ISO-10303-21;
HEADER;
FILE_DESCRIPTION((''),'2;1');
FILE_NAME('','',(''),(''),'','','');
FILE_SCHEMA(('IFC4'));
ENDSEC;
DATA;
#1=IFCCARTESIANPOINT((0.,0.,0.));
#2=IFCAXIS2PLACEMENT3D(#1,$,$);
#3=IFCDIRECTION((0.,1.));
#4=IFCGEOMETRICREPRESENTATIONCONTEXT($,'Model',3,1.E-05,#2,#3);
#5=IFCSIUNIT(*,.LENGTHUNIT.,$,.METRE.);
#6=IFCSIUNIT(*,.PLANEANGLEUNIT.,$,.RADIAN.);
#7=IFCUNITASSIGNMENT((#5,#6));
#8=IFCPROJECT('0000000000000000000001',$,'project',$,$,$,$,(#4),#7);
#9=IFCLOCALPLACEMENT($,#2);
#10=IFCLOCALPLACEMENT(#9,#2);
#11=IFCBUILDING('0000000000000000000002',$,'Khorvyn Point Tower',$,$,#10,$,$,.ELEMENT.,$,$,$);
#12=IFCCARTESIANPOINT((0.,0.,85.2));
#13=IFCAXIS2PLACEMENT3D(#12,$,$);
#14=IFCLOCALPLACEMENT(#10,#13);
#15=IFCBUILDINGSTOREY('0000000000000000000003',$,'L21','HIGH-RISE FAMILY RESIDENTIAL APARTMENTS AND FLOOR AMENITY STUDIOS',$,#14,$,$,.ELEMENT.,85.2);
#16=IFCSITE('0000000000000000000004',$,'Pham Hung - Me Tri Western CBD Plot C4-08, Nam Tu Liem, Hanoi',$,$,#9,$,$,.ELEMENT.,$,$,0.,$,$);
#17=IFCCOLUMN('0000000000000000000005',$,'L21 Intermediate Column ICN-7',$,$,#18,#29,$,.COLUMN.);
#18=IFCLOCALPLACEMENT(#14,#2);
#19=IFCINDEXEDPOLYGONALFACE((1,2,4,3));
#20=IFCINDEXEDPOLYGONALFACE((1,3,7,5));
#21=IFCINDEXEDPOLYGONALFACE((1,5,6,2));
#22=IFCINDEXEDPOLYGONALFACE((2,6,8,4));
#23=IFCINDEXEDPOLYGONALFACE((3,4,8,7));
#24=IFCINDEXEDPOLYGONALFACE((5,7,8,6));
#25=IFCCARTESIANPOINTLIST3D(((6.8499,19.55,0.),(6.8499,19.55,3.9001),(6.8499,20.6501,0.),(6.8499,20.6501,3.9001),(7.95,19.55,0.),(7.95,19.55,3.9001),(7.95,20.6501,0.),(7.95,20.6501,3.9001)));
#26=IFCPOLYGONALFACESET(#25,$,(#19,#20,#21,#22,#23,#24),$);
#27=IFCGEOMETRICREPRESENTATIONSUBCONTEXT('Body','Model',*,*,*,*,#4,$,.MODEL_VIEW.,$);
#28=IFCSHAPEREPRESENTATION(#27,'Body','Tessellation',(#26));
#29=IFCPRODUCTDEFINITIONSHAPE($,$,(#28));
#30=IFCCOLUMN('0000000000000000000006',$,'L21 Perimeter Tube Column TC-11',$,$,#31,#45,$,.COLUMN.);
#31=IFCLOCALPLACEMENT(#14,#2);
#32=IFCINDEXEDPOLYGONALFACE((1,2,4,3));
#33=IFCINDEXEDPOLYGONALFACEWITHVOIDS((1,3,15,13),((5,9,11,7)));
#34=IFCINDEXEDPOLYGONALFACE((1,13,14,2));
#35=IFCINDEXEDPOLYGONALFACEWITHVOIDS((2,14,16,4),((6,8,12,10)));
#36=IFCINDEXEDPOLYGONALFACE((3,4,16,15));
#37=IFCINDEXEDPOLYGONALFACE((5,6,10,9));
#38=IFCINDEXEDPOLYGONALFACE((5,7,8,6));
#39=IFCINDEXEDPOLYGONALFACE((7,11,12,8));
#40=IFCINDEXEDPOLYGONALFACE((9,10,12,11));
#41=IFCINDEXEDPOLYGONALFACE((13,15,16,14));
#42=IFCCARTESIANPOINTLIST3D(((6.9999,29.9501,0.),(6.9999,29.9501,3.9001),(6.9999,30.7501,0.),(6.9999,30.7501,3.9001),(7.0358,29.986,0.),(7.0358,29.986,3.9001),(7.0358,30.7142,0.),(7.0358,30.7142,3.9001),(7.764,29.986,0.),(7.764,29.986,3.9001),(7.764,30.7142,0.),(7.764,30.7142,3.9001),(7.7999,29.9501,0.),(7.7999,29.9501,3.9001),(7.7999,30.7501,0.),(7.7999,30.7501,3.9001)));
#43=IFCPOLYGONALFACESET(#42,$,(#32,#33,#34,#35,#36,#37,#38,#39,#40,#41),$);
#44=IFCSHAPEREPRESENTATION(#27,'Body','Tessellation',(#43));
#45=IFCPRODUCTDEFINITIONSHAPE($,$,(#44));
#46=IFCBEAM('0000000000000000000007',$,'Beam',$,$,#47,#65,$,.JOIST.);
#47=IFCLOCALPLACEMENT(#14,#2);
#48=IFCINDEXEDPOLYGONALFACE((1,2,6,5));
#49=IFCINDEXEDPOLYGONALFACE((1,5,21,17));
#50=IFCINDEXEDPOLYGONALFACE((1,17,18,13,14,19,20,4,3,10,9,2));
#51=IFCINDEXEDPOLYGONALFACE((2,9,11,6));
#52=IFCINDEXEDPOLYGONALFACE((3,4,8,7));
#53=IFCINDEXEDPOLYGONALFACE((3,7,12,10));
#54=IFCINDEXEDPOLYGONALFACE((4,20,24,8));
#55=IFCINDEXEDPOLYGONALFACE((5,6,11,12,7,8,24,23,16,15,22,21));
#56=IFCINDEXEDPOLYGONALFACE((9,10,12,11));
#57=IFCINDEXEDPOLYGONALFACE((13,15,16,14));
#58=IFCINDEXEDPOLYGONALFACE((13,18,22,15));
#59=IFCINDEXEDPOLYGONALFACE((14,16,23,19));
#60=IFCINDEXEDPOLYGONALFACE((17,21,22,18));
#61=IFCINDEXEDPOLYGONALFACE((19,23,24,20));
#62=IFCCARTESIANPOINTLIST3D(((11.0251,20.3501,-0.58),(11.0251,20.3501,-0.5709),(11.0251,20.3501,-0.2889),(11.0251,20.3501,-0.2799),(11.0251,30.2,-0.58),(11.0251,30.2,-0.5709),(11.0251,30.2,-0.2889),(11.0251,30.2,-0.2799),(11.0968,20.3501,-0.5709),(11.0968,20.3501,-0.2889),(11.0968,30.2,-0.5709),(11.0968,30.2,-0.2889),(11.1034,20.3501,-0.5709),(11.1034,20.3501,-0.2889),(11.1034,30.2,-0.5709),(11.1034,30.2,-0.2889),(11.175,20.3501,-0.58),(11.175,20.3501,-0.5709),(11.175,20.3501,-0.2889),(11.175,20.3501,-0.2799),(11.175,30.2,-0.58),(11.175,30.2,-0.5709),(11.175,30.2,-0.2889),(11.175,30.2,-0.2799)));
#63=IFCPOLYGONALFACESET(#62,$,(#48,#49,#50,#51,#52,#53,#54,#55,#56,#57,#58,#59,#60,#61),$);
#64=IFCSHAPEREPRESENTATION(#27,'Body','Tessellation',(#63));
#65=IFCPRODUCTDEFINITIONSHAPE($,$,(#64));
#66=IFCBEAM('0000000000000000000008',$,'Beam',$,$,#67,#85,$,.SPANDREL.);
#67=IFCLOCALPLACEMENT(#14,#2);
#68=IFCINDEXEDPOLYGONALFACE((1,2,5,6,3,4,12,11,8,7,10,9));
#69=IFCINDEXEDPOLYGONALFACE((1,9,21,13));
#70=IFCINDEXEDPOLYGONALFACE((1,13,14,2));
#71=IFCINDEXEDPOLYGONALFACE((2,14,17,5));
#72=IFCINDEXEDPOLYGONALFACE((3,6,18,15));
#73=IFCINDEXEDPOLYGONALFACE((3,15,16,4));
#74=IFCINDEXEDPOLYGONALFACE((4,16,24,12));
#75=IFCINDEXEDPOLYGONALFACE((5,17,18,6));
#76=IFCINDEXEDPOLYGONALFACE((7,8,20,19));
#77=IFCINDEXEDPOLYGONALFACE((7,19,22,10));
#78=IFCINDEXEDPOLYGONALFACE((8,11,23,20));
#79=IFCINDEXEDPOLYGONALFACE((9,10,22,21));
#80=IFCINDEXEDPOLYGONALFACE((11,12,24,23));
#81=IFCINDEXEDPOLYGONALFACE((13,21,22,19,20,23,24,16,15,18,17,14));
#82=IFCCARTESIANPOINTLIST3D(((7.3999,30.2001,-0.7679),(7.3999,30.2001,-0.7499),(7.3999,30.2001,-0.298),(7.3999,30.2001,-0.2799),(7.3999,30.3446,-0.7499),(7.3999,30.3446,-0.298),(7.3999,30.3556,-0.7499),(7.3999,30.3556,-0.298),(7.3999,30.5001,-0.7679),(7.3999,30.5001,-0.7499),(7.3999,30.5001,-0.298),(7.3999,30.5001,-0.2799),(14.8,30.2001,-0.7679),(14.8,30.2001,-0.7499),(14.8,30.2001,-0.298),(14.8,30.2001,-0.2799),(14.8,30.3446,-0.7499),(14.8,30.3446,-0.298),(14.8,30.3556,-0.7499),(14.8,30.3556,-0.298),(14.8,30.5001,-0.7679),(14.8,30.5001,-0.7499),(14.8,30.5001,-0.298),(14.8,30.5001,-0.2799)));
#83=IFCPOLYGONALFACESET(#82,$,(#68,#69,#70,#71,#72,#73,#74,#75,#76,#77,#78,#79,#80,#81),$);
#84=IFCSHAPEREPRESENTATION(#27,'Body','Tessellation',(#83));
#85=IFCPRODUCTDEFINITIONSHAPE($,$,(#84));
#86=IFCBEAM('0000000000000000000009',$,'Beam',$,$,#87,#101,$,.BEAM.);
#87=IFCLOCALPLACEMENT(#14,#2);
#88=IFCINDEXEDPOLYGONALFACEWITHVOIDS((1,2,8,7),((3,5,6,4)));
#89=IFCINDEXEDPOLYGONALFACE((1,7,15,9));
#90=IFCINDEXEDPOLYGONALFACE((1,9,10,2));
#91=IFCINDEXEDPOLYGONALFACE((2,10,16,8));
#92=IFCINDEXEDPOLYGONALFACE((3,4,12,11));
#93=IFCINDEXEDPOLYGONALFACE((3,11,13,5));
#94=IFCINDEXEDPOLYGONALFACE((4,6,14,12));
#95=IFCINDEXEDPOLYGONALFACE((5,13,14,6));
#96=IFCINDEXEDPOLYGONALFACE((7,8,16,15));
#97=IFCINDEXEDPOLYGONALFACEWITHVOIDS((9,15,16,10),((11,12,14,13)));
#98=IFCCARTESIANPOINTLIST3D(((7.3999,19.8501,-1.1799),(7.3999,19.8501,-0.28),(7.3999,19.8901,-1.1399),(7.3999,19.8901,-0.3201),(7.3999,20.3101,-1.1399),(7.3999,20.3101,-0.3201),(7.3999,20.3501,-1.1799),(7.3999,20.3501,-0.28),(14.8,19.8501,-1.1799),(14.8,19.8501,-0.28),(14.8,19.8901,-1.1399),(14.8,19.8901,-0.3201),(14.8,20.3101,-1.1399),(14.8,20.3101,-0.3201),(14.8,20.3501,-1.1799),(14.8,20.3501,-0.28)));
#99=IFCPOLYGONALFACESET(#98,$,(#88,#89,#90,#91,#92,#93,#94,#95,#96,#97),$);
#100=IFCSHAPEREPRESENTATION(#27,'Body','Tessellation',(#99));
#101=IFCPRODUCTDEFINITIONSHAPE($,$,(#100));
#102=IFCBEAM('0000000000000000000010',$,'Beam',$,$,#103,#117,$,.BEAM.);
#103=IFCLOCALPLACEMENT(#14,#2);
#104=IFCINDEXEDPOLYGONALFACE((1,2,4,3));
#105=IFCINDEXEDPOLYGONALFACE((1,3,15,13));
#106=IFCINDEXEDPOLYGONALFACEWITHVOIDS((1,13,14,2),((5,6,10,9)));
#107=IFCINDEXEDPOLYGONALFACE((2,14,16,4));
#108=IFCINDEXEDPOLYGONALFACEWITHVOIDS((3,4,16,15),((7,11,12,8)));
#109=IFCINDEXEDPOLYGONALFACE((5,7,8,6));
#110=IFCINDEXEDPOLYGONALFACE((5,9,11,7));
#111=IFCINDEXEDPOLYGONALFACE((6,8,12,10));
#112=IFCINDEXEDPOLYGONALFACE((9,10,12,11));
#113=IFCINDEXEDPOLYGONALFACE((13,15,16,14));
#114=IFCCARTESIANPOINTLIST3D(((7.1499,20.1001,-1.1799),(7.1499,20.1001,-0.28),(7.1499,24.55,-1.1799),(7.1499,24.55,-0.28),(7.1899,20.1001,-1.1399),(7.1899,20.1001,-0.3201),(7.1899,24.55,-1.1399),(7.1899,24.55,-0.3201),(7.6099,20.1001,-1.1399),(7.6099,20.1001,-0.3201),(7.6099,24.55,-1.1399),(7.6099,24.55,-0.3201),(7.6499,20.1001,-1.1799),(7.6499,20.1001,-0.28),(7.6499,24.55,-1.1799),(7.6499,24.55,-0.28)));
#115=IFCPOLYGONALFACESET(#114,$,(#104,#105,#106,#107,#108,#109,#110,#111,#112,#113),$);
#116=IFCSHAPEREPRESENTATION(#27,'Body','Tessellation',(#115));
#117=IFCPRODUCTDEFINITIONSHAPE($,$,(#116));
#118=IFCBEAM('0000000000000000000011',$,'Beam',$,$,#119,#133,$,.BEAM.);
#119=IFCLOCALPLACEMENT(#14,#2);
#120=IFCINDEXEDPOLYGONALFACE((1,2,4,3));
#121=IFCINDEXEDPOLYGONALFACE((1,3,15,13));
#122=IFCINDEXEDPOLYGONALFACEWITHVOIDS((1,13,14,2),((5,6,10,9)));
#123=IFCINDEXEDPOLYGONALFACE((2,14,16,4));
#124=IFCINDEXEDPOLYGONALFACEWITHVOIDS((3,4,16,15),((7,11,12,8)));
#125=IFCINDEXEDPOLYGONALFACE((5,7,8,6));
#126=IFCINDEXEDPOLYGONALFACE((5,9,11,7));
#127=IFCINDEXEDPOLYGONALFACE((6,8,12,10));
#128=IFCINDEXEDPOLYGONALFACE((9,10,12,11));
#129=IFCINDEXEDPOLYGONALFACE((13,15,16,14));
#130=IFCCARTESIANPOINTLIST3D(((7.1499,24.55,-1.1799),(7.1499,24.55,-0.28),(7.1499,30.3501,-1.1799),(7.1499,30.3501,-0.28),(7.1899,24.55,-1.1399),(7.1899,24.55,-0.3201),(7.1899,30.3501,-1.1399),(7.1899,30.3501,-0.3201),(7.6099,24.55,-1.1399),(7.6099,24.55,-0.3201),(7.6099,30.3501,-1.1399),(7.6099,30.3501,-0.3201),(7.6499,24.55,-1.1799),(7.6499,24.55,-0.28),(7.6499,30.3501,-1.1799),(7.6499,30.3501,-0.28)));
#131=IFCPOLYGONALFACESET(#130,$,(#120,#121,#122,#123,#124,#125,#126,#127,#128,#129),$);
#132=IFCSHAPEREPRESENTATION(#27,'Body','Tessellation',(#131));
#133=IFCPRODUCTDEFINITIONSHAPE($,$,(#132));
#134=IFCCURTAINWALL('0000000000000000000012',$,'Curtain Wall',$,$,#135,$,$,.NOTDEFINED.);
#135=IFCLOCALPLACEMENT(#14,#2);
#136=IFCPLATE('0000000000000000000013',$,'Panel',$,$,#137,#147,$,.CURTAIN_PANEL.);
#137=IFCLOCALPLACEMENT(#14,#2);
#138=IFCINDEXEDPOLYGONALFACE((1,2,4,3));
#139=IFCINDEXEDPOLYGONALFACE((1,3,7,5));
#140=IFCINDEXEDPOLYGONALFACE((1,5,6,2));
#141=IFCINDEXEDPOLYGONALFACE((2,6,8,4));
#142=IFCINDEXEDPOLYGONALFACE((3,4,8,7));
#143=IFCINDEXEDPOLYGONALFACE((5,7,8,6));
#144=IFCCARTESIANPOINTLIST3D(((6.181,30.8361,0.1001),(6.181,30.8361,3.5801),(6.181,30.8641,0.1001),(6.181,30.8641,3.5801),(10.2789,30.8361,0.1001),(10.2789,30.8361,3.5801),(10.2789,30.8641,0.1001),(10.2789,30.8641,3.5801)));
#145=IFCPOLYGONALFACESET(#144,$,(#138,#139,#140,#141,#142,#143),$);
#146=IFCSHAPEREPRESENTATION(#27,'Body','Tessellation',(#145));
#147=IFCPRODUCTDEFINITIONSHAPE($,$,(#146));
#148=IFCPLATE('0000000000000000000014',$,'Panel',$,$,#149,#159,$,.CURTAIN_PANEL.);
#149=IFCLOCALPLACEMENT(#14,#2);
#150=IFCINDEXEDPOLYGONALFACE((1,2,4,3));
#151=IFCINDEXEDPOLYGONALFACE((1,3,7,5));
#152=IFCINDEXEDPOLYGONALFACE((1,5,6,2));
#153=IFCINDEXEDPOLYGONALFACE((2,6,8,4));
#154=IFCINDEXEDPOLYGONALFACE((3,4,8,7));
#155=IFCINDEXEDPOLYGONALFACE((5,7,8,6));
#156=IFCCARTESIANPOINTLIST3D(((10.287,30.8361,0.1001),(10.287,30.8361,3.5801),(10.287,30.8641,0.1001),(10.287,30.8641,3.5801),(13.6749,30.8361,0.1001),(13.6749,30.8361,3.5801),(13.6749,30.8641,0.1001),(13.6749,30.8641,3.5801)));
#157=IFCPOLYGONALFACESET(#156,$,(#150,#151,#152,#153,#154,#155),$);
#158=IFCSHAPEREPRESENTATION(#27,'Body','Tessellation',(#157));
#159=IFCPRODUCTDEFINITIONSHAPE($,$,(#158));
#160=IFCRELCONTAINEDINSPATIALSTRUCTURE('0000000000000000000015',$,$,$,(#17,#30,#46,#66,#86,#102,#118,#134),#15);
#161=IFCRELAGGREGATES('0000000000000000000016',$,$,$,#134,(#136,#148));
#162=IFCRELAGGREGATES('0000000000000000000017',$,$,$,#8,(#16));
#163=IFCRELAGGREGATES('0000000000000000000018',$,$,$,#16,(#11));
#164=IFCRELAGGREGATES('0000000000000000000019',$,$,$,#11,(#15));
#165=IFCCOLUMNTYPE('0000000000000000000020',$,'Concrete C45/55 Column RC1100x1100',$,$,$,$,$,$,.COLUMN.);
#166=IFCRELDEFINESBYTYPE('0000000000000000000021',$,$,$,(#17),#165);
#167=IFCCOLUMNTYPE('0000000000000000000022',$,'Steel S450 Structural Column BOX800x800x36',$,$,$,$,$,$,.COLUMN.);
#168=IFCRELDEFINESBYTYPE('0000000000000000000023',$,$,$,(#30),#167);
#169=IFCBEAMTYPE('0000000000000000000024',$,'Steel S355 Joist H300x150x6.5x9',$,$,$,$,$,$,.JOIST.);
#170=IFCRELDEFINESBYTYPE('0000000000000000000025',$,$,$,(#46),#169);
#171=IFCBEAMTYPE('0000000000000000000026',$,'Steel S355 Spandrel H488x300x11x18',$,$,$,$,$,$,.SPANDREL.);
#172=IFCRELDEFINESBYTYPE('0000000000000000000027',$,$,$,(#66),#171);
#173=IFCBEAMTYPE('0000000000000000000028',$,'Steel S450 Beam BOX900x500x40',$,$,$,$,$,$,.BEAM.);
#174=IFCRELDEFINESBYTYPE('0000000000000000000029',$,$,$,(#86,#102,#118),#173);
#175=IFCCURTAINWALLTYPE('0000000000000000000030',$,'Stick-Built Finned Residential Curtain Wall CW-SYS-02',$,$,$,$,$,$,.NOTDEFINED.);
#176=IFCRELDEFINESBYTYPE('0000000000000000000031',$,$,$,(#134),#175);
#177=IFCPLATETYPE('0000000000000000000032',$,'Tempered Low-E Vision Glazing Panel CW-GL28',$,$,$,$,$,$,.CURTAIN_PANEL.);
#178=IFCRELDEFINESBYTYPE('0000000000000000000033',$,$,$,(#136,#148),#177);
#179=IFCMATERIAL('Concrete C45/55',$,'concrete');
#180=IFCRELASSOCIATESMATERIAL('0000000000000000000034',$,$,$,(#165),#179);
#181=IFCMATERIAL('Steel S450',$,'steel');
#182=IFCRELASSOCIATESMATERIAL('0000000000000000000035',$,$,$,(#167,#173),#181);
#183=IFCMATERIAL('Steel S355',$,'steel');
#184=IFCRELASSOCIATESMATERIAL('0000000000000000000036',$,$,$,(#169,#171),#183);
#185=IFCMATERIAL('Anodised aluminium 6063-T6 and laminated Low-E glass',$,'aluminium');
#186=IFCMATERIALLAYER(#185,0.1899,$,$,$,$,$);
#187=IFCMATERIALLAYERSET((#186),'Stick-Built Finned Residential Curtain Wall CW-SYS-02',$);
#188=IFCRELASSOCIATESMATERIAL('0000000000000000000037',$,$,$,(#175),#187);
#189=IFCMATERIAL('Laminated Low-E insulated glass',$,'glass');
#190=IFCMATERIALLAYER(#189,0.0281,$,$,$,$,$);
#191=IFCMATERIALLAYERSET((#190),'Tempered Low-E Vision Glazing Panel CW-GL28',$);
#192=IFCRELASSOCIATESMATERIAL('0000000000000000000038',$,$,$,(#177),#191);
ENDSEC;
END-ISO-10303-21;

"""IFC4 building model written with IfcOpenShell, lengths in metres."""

from ifc_helpers import new_model, si_unit, direction, frame, origin, origin_2d, place, context, subcontext, project, spatial, rectangle, hollow_rectangle, i_section, extrude, material, layer, layer_set, material_profile, profile_set, type_object, element, aggregate, save


model = new_model("IFC4")

# Units and contexts
model_context = context("Model", 3, precision=1e-05, world=origin(), true_north=direction((0.0, 1.0)))
body_context = subcontext(model_context, "Body", "Model", "MODEL_VIEW")
ifc_project = project(units=[si_unit("LENGTHUNIT", "METRE"), si_unit("PLANEANGLEUNIT", "RADIAN")], contexts=[model_context])

# Site, building, storey
site_placement = place(None, origin())
site = spatial("IfcSite", under=ifc_project, at=site_placement, Name="Pham Hung - Me Tri Western CBD Plot C4-08, Nam Tu Liem, Hanoi", CompositionType="ELEMENT", RefElevation=0.0)
building_placement = place(site_placement, origin())
building = spatial("IfcBuilding", under=site, at=building_placement, Name="Khorvyn Point Tower", CompositionType="ELEMENT")
storey_placement = place(building_placement, frame((0.0, 0.0, 85.2)))
storey = spatial("IfcBuildingStorey", under=building, at=storey_placement, Name="L21", Description="HIGH-RISE FAMILY RESIDENTIAL APARTMENTS AND FLOOR AMENITY STUDIOS", CompositionType="ELEMENT", Elevation=85.2)

# Columns
ifc_material_1 = material(Name="Concrete C45/55", Category="concrete")
ifc_material_profile_1 = material_profile(ifc_material_1, rectangle(XDim=1.1001, YDim=1.1001, at=origin_2d()))
ifc_profile_set_1 = profile_set([ifc_material_profile_1], Name="Concrete C45/55 RC1100x1100")
column_type_1 = type_object("IfcColumnType", Name="Concrete C45/55 Column RC1100x1100", PredefinedType="COLUMN", material=ifc_profile_set_1)
column_1_placement = place(storey_placement, frame((7.3999, 20.1001, 0.0), z_axis=(0.0, 0.0, 1.0), x_axis=(1.0, 0.0, 0.0)))
element("IfcColumn", 1, at=column_1_placement, inside=storey, type_object=column_type_1, Name="L21 Intermediate Column ICN-7", PredefinedType="COLUMN", context=body_context, shape_type="SweptSolid", body=[
    extrude(rectangle(XDim=1.1001, YDim=1.1001, at=origin_2d()), origin(), (0.0, 0.0, 1.0), 3.9001),
])
ifc_material_2 = material(Name="Steel S450", Category="steel")
ifc_material_profile_2 = material_profile(ifc_material_2, hollow_rectangle(XDim=0.8, YDim=0.8, WallThickness=0.0359, at=origin_2d()))
ifc_profile_set_2 = profile_set([ifc_material_profile_2], Name="Steel S450 BOX800x800x36")
column_type_2 = type_object("IfcColumnType", Name="Steel S450 Structural Column BOX800x800x36", PredefinedType="COLUMN", material=ifc_profile_set_2)
column_2_placement = place(storey_placement, frame((7.3999, 30.3501, 0.0), z_axis=(0.0, 0.0, 1.0), x_axis=(1.0, 0.0, 0.0)))
element("IfcColumn", 2, at=column_2_placement, inside=storey, type_object=column_type_2, Name="L21 Perimeter Tube Column TC-11", PredefinedType="COLUMN", context=body_context, shape_type="SweptSolid", body=[
    extrude(hollow_rectangle(XDim=0.8, YDim=0.8, WallThickness=0.0359, at=origin_2d()), origin(), (0.0, 0.0, 1.0), 3.9001),
])

# Beams
ifc_material_3 = material(Name="Steel S355", Category="steel")
ifc_material_profile_3 = material_profile(ifc_material_3, i_section(OverallWidth=0.1499, OverallDepth=0.3, WebThickness=0.0066, FlangeThickness=0.009, at=origin_2d()))
ifc_profile_set_3 = profile_set([ifc_material_profile_3], Name="Steel S355 H300x150x6.5x9")
beam_type_1 = type_object("IfcBeamType", Name="Steel S355 Joist H300x150x6.5x9", PredefinedType="JOIST", material=ifc_profile_set_3)
beam_1_placement = place(storey_placement, frame((11.1001, 20.3501, -0.4299), z_axis=(0.0, 1.0, 0.0), x_axis=(-1.0, 0.0, 0.0)))
element("IfcBeam", 3, at=beam_1_placement, inside=storey, type_object=beam_type_1, Name="Beam", PredefinedType="JOIST", context=body_context, shape_type="SweptSolid", body=[
    extrude(i_section(OverallWidth=0.1499, OverallDepth=0.3, WebThickness=0.0066, FlangeThickness=0.009, at=origin_2d()), origin(), (0.0, 0.0, 1.0), 9.8499),
])
ifc_material_profile_4 = material_profile(ifc_material_3, i_section(OverallWidth=0.3, OverallDepth=0.488, WebThickness=0.011, FlangeThickness=0.0181, at=origin_2d()))
ifc_profile_set_4 = profile_set([ifc_material_profile_4], Name="Steel S355 H488x300x11x18")
beam_type_2 = type_object("IfcBeamType", Name="Steel S355 Spandrel H488x300x11x18", PredefinedType="SPANDREL", material=ifc_profile_set_4)
beam_2_placement = place(storey_placement, frame((7.3999, 30.3501, -0.5239), z_axis=(1.0, 0.0, 0.0), x_axis=(0.0, 1.0, 0.0)))
element("IfcBeam", 4, at=beam_2_placement, inside=storey, type_object=beam_type_2, Name="Beam", PredefinedType="SPANDREL", context=body_context, shape_type="SweptSolid", body=[
    extrude(i_section(OverallWidth=0.3, OverallDepth=0.488, WebThickness=0.011, FlangeThickness=0.0181, at=origin_2d()), origin(), (0.0, 0.0, 1.0), 7.4001),
])
ifc_material_profile_5 = material_profile(ifc_material_2, hollow_rectangle(XDim=0.5, YDim=0.8999, WallThickness=0.04, at=origin_2d()))
ifc_profile_set_5 = profile_set([ifc_material_profile_5], Name="Steel S450 BOX900x500x40")
beam_type_3 = type_object("IfcBeamType", Name="Steel S450 Beam BOX900x500x40", PredefinedType="BEAM", material=ifc_profile_set_5)
beam_3_placement = place(storey_placement, frame((7.3999, 20.1001, -0.73), z_axis=(1.0, 0.0, 0.0), x_axis=(0.0, 1.0, 0.0)))
element("IfcBeam", 5, at=beam_3_placement, inside=storey, type_object=beam_type_3, Name="Beam", PredefinedType="BEAM", context=body_context, shape_type="SweptSolid", body=[
    extrude(hollow_rectangle(XDim=0.5, YDim=0.8999, WallThickness=0.04, at=origin_2d()), origin(), (0.0, 0.0, 1.0), 7.4001),
])
beam_4_placement = place(storey_placement, frame((7.3999, 20.1001, -0.73), z_axis=(0.0, 1.0, 0.0), x_axis=(-1.0, 0.0, 0.0)))
element("IfcBeam", 6, at=beam_4_placement, inside=storey, type_object=beam_type_3, Name="Beam", PredefinedType="BEAM", context=body_context, shape_type="SweptSolid", body=[
    extrude(hollow_rectangle(XDim=0.5, YDim=0.8999, WallThickness=0.04, at=origin_2d()), origin(), (0.0, 0.0, 1.0), 4.45),
])
beam_5_placement = place(storey_placement, frame((7.3999, 24.55, -0.73), z_axis=(0.0, 1.0, 0.0), x_axis=(-1.0, 0.0, 0.0)))
element("IfcBeam", 7, at=beam_5_placement, inside=storey, type_object=beam_type_3, Name="Beam", PredefinedType="BEAM", context=body_context, shape_type="SweptSolid", body=[
    extrude(hollow_rectangle(XDim=0.5, YDim=0.8999, WallThickness=0.04, at=origin_2d()), origin(), (0.0, 0.0, 1.0), 5.8),
])

# Curtain wall, plates
ifc_material_4 = material(Name="Anodised aluminium 6063-T6 and laminated Low-E glass", Category="aluminium")
ifc_layer_1 = layer(ifc_material_4, 0.1899)
ifc_layer_set_1 = layer_set([ifc_layer_1], Name="Stick-Built Finned Residential Curtain Wall CW-SYS-02")
curtain_wall_type = type_object("IfcCurtainWallType", Name="Stick-Built Finned Residential Curtain Wall CW-SYS-02", PredefinedType="NOTDEFINED", material=ifc_layer_set_1)
curtain_wall_placement = place(storey_placement, origin())
curtain_wall = element("IfcCurtainWall", 8, at=curtain_wall_placement, inside=storey, type_object=curtain_wall_type, Name="Curtain Wall", PredefinedType="NOTDEFINED")
ifc_material_5 = material(Name="Laminated Low-E insulated glass", Category="glass")
ifc_layer_2 = layer(ifc_material_5, 0.0281)
ifc_layer_set_2 = layer_set([ifc_layer_2], Name="Tempered Low-E Vision Glazing Panel CW-GL28")
plate_type = type_object("IfcPlateType", Name="Tempered Low-E Vision Glazing Panel CW-GL28", PredefinedType="CURTAIN_PANEL", material=ifc_layer_set_2)
plate_1_placement = place(storey_placement, frame((8.23, 30.8501, 0.1001), z_axis=(0.0, 0.0, 1.0), x_axis=(1.0, 0.0, 0.0)))
plate_1 = element("IfcPlate", 9, at=plate_1_placement, type_object=plate_type, Name="Panel", PredefinedType="CURTAIN_PANEL", context=body_context, shape_type="SweptSolid", body=[
    extrude(rectangle(XDim=4.0979, YDim=0.0281, at=origin_2d()), origin(), (0.0, 0.0, 1.0), 3.48),
])
plate_2_placement = place(storey_placement, frame((11.981, 30.8501, 0.1001), z_axis=(0.0, 0.0, 1.0), x_axis=(1.0, 0.0, 0.0)))
plate_2 = element("IfcPlate", 10, at=plate_2_placement, type_object=plate_type, Name="Panel", PredefinedType="CURTAIN_PANEL", context=body_context, shape_type="SweptSolid", body=[
    extrude(rectangle(XDim=3.3879, YDim=0.0281, at=origin_2d()), origin(), (0.0, 0.0, 1.0), 3.48),
])
aggregate(curtain_wall, [plate_1, plate_2])

save(model, "model.ifc")
